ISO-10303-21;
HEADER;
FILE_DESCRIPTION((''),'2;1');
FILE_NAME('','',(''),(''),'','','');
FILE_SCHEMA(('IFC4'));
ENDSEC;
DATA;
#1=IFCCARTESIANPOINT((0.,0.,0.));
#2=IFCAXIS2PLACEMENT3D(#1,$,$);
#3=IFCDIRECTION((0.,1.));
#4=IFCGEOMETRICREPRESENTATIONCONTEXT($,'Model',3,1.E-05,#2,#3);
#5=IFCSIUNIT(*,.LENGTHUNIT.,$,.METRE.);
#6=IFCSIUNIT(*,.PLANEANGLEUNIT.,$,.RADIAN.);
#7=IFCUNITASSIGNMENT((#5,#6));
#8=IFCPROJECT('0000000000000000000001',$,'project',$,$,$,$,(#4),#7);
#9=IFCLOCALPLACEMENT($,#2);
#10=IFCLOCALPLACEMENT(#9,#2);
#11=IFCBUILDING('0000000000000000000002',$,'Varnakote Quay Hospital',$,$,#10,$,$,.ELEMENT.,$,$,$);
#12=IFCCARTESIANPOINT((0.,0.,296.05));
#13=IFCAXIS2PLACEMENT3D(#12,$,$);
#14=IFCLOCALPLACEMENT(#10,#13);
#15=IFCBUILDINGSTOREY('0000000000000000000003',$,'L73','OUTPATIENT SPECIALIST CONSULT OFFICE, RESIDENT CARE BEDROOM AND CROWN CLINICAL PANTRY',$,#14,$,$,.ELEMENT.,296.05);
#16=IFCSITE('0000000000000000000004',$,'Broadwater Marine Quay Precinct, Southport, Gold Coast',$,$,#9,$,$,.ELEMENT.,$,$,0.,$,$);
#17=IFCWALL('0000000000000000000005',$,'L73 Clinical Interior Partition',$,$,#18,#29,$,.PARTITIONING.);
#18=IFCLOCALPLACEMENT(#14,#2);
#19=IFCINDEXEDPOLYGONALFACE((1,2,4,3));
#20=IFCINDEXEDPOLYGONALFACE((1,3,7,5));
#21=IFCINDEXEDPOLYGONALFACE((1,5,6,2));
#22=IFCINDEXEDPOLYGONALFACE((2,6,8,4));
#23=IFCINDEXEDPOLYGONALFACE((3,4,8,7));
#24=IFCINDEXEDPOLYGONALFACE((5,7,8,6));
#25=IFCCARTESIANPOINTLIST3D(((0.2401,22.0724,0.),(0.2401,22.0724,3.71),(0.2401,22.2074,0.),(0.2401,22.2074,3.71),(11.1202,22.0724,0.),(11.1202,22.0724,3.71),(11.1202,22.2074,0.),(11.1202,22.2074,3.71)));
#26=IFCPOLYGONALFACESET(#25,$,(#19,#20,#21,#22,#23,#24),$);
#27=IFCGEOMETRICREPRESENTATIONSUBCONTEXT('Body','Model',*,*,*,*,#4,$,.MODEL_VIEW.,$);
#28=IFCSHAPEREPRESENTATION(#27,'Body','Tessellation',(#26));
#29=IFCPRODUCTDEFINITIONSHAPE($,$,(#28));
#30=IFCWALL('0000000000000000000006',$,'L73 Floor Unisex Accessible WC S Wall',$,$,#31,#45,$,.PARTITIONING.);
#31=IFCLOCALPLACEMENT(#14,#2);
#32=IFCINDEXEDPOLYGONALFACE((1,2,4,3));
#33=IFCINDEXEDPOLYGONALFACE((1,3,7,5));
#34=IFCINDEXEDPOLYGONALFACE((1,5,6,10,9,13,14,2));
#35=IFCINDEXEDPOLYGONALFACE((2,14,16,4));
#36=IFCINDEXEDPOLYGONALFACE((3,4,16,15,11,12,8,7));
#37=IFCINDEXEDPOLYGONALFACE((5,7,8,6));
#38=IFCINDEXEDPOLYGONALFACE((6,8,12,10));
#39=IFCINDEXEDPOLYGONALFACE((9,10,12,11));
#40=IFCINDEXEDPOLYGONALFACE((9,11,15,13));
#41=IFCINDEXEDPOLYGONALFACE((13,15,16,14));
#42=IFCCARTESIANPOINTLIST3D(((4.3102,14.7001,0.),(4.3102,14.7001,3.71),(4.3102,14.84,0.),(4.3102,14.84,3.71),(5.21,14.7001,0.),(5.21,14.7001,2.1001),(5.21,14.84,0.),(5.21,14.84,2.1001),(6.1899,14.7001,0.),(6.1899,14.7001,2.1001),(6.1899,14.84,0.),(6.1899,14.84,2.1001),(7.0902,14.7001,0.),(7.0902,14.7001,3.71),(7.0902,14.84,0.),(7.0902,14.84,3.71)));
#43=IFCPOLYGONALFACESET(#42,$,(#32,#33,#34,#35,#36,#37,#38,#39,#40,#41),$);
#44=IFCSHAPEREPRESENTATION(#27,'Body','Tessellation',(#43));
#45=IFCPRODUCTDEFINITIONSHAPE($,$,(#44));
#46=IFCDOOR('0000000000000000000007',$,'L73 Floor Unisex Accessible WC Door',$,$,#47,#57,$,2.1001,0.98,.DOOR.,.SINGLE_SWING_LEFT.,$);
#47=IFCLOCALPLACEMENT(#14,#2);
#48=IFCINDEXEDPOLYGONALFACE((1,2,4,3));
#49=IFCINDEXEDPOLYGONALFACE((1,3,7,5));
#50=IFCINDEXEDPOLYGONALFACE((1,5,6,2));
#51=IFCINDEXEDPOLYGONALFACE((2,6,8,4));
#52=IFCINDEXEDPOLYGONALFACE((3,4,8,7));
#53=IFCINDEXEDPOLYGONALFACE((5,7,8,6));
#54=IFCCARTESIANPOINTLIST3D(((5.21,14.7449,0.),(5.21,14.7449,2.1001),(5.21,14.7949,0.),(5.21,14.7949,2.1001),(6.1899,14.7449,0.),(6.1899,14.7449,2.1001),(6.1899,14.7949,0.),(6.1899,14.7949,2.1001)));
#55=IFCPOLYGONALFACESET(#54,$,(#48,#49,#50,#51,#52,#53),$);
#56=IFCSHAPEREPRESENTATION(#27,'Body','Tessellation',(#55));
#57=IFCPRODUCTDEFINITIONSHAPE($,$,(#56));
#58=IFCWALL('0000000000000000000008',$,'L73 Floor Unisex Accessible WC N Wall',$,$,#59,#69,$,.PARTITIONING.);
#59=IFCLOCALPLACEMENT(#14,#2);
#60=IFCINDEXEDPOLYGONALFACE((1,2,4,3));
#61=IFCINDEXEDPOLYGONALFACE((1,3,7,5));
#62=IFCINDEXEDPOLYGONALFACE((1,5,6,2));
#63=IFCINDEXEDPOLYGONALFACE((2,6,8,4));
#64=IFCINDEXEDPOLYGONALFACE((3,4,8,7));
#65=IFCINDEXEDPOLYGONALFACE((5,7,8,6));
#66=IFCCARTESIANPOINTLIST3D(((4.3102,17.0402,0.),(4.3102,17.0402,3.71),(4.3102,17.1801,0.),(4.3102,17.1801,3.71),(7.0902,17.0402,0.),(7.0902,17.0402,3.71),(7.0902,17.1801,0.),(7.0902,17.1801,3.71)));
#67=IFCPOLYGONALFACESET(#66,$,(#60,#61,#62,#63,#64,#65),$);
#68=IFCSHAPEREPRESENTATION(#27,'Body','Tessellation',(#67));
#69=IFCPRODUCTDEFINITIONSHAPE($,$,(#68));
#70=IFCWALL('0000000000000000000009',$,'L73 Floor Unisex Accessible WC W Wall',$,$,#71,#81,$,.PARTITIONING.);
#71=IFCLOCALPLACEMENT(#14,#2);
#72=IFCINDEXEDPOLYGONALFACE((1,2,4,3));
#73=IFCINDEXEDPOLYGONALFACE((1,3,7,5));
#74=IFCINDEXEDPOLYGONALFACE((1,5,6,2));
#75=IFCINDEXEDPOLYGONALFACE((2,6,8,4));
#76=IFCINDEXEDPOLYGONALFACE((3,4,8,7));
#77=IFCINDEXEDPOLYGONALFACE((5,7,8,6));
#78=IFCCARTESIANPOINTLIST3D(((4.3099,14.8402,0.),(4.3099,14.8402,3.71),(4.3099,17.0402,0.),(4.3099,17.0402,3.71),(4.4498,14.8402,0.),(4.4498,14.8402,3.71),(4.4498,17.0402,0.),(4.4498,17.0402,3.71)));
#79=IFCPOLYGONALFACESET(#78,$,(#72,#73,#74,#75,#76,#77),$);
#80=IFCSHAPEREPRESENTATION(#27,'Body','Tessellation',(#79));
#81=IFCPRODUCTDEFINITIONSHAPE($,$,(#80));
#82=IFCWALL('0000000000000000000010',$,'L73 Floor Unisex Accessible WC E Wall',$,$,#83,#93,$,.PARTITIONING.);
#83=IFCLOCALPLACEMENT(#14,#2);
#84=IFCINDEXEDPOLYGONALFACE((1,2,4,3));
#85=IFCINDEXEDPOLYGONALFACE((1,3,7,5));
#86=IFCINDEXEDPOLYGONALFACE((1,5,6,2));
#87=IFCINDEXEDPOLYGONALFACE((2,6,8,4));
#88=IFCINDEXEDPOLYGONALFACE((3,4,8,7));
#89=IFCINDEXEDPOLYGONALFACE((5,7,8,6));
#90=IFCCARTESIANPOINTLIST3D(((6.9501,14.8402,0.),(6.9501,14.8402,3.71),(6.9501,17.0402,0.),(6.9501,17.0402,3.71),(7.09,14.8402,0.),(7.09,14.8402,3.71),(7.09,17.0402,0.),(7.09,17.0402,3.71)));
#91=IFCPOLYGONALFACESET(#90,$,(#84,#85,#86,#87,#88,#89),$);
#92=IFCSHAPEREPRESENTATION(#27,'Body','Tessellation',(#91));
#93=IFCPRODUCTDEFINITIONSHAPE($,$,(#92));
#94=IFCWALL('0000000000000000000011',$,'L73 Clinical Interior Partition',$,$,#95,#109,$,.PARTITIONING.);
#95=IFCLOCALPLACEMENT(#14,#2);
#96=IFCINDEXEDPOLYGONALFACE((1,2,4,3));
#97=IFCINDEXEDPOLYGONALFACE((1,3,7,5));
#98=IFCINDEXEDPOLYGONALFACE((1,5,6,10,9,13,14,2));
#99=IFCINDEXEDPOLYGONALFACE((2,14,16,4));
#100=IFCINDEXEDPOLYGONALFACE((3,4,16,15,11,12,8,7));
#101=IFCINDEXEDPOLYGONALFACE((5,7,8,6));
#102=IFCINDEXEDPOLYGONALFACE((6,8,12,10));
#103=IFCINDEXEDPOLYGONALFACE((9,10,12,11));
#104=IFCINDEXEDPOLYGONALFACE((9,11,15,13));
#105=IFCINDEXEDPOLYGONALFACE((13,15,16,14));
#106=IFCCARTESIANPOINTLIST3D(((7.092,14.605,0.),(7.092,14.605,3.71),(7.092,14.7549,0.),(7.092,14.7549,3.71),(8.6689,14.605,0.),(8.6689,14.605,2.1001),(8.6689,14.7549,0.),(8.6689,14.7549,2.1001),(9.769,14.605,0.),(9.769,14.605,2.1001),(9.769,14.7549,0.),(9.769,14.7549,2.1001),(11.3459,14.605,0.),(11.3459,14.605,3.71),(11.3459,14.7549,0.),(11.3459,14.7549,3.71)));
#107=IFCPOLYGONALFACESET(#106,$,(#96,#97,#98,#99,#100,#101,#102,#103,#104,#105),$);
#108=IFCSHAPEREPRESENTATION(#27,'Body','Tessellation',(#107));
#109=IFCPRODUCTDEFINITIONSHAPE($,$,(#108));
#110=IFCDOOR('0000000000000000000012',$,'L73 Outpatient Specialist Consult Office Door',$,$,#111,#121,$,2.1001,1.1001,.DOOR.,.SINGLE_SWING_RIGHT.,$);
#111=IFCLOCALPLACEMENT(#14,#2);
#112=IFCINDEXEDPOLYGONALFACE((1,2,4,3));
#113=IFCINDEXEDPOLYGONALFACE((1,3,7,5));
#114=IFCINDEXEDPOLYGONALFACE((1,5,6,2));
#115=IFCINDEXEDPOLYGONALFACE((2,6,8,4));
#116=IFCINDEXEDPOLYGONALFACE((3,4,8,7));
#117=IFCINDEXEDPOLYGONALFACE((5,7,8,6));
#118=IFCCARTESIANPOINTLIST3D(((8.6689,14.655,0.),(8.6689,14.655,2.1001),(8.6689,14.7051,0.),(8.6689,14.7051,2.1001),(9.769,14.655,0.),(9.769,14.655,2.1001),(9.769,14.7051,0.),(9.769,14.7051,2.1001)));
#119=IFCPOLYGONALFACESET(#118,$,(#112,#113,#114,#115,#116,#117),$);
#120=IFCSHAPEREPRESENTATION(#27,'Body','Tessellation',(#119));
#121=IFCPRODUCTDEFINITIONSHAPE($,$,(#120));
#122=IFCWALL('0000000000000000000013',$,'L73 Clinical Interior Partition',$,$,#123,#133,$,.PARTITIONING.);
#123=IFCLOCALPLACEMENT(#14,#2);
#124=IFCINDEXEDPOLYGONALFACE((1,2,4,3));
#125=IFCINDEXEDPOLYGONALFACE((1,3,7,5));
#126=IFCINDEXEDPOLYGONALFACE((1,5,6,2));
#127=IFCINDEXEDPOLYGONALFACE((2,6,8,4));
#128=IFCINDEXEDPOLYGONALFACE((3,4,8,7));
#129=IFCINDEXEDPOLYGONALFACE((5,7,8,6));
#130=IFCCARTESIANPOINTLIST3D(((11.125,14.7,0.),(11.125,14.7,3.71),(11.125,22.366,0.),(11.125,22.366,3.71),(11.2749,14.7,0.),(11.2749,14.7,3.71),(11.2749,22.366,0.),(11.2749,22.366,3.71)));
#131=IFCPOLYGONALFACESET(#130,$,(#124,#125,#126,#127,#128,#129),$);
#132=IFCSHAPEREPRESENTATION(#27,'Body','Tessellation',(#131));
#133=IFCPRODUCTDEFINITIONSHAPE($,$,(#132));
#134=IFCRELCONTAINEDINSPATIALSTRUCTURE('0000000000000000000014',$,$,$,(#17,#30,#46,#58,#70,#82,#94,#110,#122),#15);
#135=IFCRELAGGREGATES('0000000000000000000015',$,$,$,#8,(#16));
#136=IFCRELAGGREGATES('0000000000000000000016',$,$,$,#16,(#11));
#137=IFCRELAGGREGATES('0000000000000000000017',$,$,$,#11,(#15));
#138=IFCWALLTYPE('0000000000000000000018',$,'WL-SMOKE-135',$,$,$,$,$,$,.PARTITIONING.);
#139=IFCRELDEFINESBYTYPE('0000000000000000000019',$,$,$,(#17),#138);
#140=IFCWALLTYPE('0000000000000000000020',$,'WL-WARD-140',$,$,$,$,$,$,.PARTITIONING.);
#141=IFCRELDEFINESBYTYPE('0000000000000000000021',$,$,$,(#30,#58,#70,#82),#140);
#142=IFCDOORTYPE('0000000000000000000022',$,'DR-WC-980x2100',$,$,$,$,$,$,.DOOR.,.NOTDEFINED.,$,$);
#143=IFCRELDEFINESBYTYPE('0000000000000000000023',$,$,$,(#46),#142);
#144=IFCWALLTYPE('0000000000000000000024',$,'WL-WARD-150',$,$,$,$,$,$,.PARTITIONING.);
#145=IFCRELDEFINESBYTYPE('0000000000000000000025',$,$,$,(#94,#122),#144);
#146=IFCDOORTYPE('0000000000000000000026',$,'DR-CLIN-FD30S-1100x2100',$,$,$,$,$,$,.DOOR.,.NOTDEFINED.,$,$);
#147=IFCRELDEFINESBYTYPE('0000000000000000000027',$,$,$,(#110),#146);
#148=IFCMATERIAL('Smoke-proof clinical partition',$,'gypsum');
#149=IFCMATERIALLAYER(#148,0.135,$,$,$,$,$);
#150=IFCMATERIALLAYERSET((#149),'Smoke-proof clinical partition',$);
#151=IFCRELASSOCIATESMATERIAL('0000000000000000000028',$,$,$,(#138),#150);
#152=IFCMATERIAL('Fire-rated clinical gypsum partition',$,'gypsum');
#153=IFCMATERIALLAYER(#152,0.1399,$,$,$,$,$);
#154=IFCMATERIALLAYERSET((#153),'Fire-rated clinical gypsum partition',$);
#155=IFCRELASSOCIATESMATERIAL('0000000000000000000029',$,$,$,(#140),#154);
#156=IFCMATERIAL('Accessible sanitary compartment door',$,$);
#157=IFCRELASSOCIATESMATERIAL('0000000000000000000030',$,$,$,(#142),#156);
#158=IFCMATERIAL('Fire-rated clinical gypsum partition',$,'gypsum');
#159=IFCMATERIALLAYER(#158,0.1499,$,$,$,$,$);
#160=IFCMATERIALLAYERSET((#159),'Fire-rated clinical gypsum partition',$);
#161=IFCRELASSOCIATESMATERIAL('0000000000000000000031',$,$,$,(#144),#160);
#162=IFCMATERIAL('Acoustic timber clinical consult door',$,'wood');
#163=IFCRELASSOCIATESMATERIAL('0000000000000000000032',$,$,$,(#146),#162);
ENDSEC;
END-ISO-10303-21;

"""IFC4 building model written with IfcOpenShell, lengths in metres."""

from ifc_helpers import new_model, si_unit, direction, frame, frame_2d, origin, place, context, subcontext, project, spatial, rectangle, extrude, material, layer, layer_set, type_object, element, fill, save


model = new_model("IFC4")

# Units and contexts
model_context = context("Model", 3, precision=1e-05, world=origin(), true_north=direction((0.0, 1.0)))
body_context = subcontext(model_context, "Body", "Model", "MODEL_VIEW")
ifc_project = project(units=[si_unit("LENGTHUNIT", "METRE"), si_unit("PLANEANGLEUNIT", "RADIAN")], contexts=[model_context])

# Site, building, storey
site_placement = place(None, origin())
site = spatial("IfcSite", under=ifc_project, at=site_placement, Name="Broadwater Marine Quay Precinct, Southport, Gold Coast", CompositionType="ELEMENT", RefElevation=0.0)
building_placement = place(site_placement, origin())
building = spatial("IfcBuilding", under=site, at=building_placement, Name="Varnakote Quay Hospital", CompositionType="ELEMENT")
storey_placement = place(building_placement, frame((0.0, 0.0, 296.05)))
storey = spatial("IfcBuildingStorey", under=building, at=storey_placement, Name="L73", Description="OUTPATIENT SPECIALIST CONSULT OFFICE, RESIDENT CARE BEDROOM AND CROWN CLINICAL PANTRY", CompositionType="ELEMENT", Elevation=296.05)

# Wall
ifc_material_1 = material(Name="Smoke-proof clinical partition", Category="gypsum")
ifc_layer_1 = layer(ifc_material_1, 0.135)
ifc_layer_set_1 = layer_set([ifc_layer_1], Name="Smoke-proof clinical partition")
wall_type_1 = type_object("IfcWallType", Name="WL-SMOKE-135", PredefinedType="PARTITIONING", material=ifc_layer_set_1)
wall_1_placement = place(storey_placement, frame((11.1201, 22.1399, 0.0), z_axis=(0.0, 0.0, 1.0), x_axis=(-1.0, 0.0, 0.0)))
element("IfcWall", 1, at=wall_1_placement, inside=storey, type_object=wall_type_1, Name="L73 Clinical Interior Partition", PredefinedType="PARTITIONING", context=body_context, shape_type="SweptSolid", body=[
    extrude(rectangle(XDim=10.8801, YDim=0.135, at=frame_2d((5.4399, 0.0))), origin(), (0.0, 0.0, 1.0), 3.71),
])

# Wall, opening, door
ifc_material_2 = material(Name="Fire-rated clinical gypsum partition", Category="gypsum")
ifc_layer_2 = layer(ifc_material_2, 0.1399)
ifc_layer_set_2 = layer_set([ifc_layer_2], Name="Fire-rated clinical gypsum partition")
wall_type_2 = type_object("IfcWallType", Name="WL-WARD-140", PredefinedType="PARTITIONING", material=ifc_layer_set_2)
wall_2_placement = place(storey_placement, frame((4.3101, 14.77, 0.0), z_axis=(0.0, 0.0, 1.0), x_axis=(1.0, 0.0, 0.0)))
wall_2 = element("IfcWall", 2, at=wall_2_placement, inside=storey, type_object=wall_type_2, Name="L73 Floor Unisex Accessible WC S Wall", PredefinedType="PARTITIONING", context=body_context, shape_type="SweptSolid", body=[
    extrude(rectangle(XDim=2.78, YDim=0.1399, at=frame_2d((1.3901, 0.0))), origin(), (0.0, 0.0, 1.0), 3.71),
])
opening_1_placement = place(wall_2_placement, frame((0.8999, 0.0, 0.0)))
opening_1 = element("IfcOpeningElement", 3, at=opening_1_placement, cuts=wall_2, PredefinedType="OPENING", context=body_context, shape_type="SweptSolid", body=[
    extrude(rectangle(XDim=0.98, YDim=2.1001, at=frame_2d((0.49, 1.05))), frame((0.0, 0.0798, 0.0), z_axis=(0.0, -1.0, 0.0), x_axis=(1.0, 0.0, 0.0)), (0.0, 0.0, 1.0), 0.1599),
])
ifc_material_3 = material(Name="Accessible sanitary compartment door")
door_type_1 = type_object("IfcDoorType", Name="DR-WC-980x2100", OperationType="NOTDEFINED", PredefinedType="DOOR", material=ifc_material_3)
door_1_placement = place(opening_1_placement, origin())
door_1 = element("IfcDoor", 4, at=door_1_placement, inside=storey, type_object=door_type_1, Name="L73 Floor Unisex Accessible WC Door", OperationType="SINGLE_SWING_LEFT", OverallHeight=2.1001, OverallWidth=0.98, PredefinedType="DOOR", context=body_context, shape_type="SweptSolid", body=[
    extrude(rectangle(XDim=0.98, YDim=2.1001, at=frame_2d((0.49, 1.05))), frame((0.0, 0.0249, 0.0), z_axis=(0.0, -1.0, 0.0), x_axis=(1.0, 0.0, 0.0)), (0.0, 0.0, 1.0), 0.05),
])
fill(opening_1, door_1)

# Walls
wall_3_placement = place(storey_placement, frame((4.3101, 17.1101, 0.0), z_axis=(0.0, 0.0, 1.0), x_axis=(1.0, 0.0, 0.0)))
element("IfcWall", 5, at=wall_3_placement, inside=storey, type_object=wall_type_2, Name="L73 Floor Unisex Accessible WC N Wall", PredefinedType="PARTITIONING", context=body_context, shape_type="SweptSolid", body=[
    extrude(rectangle(XDim=2.78, YDim=0.1399, at=frame_2d((1.3901, 0.0))), origin(), (0.0, 0.0, 1.0), 3.71),
])
for number, where, z_axis, x_axis, name in (
    (6, (4.3799, 14.8401, 0.0), (0.0, 0.0, 1.0), (0.0, 1.0, 0.0), "L73 Floor Unisex Accessible WC W Wall"),
    (7, (7.02, 14.8401, 0.0), (0.0, 0.0, 1.0), (0.0, 1.0, 0.0), "L73 Floor Unisex Accessible WC E Wall"),
):
    element("IfcWall", number, at=place(storey_placement, frame(where, z_axis=z_axis, x_axis=x_axis)), inside=storey, type_object=wall_type_2, Name=name, PredefinedType="PARTITIONING", context=body_context, shape_type="SweptSolid", body=[
        extrude(rectangle(XDim=2.2, YDim=0.1399, at=frame_2d((1.1001, 0.0))), origin(), (0.0, 0.0, 1.0), 3.71),
    ])

# Wall, opening, door
ifc_material_4 = material(Name="Fire-rated clinical gypsum partition", Category="gypsum")
ifc_layer_3 = layer(ifc_material_4, 0.1499)
ifc_layer_set_3 = layer_set([ifc_layer_3], Name="Fire-rated clinical gypsum partition")
wall_type_3 = type_object("IfcWallType", Name="WL-WARD-150", PredefinedType="PARTITIONING", material=ifc_layer_set_3)
wall_4_placement = place(storey_placement, frame((11.3459, 14.6799, 0.0), z_axis=(0.0, 0.0, 1.0), x_axis=(-1.0, 0.0, 0.0)))
wall_4 = element("IfcWall", 8, at=wall_4_placement, inside=storey, type_object=wall_type_3, Name="L73 Clinical Interior Partition", PredefinedType="PARTITIONING", context=body_context, shape_type="SweptSolid", body=[
    extrude(rectangle(XDim=4.2539, YDim=0.1499, at=frame_2d((2.127, 0.0))), origin(), (0.0, 0.0, 1.0), 3.71),
])
opening_2_placement = place(wall_4_placement, frame((1.5769, 0.0, 0.0)))
opening_2 = element("IfcOpeningElement", 9, at=opening_2_placement, cuts=wall_4, PredefinedType="OPENING", context=body_context, shape_type="SweptSolid", body=[
    extrude(rectangle(XDim=1.1001, YDim=2.1001, at=frame_2d((0.55, 1.05))), frame((0.0, 0.085, 0.0), z_axis=(0.0, -1.0, 0.0), x_axis=(1.0, 0.0, 0.0)), (0.0, 0.0, 1.0), 0.1699),
])
ifc_material_5 = material(Name="Acoustic timber clinical consult door", Category="wood")
door_type_2 = type_object("IfcDoorType", Name="DR-CLIN-FD30S-1100x2100", OperationType="NOTDEFINED", PredefinedType="DOOR", material=ifc_material_5)
door_2_placement = place(opening_2_placement, origin())
door_2 = element("IfcDoor", 10, at=door_2_placement, inside=storey, type_object=door_type_2, Name="L73 Outpatient Specialist Consult Office Door", OperationType="SINGLE_SWING_RIGHT", OverallHeight=2.1001, OverallWidth=1.1001, PredefinedType="DOOR", context=body_context, shape_type="SweptSolid", body=[
    extrude(rectangle(XDim=1.1001, YDim=2.1001, at=frame_2d((0.55, 1.05))), frame((0.0, 0.0249, 0.0), z_axis=(0.0, -1.0, 0.0), x_axis=(1.0, 0.0, 0.0)), (0.0, 0.0, 1.0), 0.05),
])
fill(opening_2, door_2)

# Wall
wall_5_placement = place(storey_placement, frame((11.2, 22.366, 0.0), z_axis=(0.0, 0.0, 1.0), x_axis=(0.0, -1.0, 0.0)))
element("IfcWall", 11, at=wall_5_placement, inside=storey, type_object=wall_type_3, Name="L73 Clinical Interior Partition", PredefinedType="PARTITIONING", context=body_context, shape_type="SweptSolid", body=[
    extrude(rectangle(XDim=7.666, YDim=0.1499, at=frame_2d((3.833, 0.0))), origin(), (0.0, 0.0, 1.0), 3.71),
])

save(model, "model.ifc")
